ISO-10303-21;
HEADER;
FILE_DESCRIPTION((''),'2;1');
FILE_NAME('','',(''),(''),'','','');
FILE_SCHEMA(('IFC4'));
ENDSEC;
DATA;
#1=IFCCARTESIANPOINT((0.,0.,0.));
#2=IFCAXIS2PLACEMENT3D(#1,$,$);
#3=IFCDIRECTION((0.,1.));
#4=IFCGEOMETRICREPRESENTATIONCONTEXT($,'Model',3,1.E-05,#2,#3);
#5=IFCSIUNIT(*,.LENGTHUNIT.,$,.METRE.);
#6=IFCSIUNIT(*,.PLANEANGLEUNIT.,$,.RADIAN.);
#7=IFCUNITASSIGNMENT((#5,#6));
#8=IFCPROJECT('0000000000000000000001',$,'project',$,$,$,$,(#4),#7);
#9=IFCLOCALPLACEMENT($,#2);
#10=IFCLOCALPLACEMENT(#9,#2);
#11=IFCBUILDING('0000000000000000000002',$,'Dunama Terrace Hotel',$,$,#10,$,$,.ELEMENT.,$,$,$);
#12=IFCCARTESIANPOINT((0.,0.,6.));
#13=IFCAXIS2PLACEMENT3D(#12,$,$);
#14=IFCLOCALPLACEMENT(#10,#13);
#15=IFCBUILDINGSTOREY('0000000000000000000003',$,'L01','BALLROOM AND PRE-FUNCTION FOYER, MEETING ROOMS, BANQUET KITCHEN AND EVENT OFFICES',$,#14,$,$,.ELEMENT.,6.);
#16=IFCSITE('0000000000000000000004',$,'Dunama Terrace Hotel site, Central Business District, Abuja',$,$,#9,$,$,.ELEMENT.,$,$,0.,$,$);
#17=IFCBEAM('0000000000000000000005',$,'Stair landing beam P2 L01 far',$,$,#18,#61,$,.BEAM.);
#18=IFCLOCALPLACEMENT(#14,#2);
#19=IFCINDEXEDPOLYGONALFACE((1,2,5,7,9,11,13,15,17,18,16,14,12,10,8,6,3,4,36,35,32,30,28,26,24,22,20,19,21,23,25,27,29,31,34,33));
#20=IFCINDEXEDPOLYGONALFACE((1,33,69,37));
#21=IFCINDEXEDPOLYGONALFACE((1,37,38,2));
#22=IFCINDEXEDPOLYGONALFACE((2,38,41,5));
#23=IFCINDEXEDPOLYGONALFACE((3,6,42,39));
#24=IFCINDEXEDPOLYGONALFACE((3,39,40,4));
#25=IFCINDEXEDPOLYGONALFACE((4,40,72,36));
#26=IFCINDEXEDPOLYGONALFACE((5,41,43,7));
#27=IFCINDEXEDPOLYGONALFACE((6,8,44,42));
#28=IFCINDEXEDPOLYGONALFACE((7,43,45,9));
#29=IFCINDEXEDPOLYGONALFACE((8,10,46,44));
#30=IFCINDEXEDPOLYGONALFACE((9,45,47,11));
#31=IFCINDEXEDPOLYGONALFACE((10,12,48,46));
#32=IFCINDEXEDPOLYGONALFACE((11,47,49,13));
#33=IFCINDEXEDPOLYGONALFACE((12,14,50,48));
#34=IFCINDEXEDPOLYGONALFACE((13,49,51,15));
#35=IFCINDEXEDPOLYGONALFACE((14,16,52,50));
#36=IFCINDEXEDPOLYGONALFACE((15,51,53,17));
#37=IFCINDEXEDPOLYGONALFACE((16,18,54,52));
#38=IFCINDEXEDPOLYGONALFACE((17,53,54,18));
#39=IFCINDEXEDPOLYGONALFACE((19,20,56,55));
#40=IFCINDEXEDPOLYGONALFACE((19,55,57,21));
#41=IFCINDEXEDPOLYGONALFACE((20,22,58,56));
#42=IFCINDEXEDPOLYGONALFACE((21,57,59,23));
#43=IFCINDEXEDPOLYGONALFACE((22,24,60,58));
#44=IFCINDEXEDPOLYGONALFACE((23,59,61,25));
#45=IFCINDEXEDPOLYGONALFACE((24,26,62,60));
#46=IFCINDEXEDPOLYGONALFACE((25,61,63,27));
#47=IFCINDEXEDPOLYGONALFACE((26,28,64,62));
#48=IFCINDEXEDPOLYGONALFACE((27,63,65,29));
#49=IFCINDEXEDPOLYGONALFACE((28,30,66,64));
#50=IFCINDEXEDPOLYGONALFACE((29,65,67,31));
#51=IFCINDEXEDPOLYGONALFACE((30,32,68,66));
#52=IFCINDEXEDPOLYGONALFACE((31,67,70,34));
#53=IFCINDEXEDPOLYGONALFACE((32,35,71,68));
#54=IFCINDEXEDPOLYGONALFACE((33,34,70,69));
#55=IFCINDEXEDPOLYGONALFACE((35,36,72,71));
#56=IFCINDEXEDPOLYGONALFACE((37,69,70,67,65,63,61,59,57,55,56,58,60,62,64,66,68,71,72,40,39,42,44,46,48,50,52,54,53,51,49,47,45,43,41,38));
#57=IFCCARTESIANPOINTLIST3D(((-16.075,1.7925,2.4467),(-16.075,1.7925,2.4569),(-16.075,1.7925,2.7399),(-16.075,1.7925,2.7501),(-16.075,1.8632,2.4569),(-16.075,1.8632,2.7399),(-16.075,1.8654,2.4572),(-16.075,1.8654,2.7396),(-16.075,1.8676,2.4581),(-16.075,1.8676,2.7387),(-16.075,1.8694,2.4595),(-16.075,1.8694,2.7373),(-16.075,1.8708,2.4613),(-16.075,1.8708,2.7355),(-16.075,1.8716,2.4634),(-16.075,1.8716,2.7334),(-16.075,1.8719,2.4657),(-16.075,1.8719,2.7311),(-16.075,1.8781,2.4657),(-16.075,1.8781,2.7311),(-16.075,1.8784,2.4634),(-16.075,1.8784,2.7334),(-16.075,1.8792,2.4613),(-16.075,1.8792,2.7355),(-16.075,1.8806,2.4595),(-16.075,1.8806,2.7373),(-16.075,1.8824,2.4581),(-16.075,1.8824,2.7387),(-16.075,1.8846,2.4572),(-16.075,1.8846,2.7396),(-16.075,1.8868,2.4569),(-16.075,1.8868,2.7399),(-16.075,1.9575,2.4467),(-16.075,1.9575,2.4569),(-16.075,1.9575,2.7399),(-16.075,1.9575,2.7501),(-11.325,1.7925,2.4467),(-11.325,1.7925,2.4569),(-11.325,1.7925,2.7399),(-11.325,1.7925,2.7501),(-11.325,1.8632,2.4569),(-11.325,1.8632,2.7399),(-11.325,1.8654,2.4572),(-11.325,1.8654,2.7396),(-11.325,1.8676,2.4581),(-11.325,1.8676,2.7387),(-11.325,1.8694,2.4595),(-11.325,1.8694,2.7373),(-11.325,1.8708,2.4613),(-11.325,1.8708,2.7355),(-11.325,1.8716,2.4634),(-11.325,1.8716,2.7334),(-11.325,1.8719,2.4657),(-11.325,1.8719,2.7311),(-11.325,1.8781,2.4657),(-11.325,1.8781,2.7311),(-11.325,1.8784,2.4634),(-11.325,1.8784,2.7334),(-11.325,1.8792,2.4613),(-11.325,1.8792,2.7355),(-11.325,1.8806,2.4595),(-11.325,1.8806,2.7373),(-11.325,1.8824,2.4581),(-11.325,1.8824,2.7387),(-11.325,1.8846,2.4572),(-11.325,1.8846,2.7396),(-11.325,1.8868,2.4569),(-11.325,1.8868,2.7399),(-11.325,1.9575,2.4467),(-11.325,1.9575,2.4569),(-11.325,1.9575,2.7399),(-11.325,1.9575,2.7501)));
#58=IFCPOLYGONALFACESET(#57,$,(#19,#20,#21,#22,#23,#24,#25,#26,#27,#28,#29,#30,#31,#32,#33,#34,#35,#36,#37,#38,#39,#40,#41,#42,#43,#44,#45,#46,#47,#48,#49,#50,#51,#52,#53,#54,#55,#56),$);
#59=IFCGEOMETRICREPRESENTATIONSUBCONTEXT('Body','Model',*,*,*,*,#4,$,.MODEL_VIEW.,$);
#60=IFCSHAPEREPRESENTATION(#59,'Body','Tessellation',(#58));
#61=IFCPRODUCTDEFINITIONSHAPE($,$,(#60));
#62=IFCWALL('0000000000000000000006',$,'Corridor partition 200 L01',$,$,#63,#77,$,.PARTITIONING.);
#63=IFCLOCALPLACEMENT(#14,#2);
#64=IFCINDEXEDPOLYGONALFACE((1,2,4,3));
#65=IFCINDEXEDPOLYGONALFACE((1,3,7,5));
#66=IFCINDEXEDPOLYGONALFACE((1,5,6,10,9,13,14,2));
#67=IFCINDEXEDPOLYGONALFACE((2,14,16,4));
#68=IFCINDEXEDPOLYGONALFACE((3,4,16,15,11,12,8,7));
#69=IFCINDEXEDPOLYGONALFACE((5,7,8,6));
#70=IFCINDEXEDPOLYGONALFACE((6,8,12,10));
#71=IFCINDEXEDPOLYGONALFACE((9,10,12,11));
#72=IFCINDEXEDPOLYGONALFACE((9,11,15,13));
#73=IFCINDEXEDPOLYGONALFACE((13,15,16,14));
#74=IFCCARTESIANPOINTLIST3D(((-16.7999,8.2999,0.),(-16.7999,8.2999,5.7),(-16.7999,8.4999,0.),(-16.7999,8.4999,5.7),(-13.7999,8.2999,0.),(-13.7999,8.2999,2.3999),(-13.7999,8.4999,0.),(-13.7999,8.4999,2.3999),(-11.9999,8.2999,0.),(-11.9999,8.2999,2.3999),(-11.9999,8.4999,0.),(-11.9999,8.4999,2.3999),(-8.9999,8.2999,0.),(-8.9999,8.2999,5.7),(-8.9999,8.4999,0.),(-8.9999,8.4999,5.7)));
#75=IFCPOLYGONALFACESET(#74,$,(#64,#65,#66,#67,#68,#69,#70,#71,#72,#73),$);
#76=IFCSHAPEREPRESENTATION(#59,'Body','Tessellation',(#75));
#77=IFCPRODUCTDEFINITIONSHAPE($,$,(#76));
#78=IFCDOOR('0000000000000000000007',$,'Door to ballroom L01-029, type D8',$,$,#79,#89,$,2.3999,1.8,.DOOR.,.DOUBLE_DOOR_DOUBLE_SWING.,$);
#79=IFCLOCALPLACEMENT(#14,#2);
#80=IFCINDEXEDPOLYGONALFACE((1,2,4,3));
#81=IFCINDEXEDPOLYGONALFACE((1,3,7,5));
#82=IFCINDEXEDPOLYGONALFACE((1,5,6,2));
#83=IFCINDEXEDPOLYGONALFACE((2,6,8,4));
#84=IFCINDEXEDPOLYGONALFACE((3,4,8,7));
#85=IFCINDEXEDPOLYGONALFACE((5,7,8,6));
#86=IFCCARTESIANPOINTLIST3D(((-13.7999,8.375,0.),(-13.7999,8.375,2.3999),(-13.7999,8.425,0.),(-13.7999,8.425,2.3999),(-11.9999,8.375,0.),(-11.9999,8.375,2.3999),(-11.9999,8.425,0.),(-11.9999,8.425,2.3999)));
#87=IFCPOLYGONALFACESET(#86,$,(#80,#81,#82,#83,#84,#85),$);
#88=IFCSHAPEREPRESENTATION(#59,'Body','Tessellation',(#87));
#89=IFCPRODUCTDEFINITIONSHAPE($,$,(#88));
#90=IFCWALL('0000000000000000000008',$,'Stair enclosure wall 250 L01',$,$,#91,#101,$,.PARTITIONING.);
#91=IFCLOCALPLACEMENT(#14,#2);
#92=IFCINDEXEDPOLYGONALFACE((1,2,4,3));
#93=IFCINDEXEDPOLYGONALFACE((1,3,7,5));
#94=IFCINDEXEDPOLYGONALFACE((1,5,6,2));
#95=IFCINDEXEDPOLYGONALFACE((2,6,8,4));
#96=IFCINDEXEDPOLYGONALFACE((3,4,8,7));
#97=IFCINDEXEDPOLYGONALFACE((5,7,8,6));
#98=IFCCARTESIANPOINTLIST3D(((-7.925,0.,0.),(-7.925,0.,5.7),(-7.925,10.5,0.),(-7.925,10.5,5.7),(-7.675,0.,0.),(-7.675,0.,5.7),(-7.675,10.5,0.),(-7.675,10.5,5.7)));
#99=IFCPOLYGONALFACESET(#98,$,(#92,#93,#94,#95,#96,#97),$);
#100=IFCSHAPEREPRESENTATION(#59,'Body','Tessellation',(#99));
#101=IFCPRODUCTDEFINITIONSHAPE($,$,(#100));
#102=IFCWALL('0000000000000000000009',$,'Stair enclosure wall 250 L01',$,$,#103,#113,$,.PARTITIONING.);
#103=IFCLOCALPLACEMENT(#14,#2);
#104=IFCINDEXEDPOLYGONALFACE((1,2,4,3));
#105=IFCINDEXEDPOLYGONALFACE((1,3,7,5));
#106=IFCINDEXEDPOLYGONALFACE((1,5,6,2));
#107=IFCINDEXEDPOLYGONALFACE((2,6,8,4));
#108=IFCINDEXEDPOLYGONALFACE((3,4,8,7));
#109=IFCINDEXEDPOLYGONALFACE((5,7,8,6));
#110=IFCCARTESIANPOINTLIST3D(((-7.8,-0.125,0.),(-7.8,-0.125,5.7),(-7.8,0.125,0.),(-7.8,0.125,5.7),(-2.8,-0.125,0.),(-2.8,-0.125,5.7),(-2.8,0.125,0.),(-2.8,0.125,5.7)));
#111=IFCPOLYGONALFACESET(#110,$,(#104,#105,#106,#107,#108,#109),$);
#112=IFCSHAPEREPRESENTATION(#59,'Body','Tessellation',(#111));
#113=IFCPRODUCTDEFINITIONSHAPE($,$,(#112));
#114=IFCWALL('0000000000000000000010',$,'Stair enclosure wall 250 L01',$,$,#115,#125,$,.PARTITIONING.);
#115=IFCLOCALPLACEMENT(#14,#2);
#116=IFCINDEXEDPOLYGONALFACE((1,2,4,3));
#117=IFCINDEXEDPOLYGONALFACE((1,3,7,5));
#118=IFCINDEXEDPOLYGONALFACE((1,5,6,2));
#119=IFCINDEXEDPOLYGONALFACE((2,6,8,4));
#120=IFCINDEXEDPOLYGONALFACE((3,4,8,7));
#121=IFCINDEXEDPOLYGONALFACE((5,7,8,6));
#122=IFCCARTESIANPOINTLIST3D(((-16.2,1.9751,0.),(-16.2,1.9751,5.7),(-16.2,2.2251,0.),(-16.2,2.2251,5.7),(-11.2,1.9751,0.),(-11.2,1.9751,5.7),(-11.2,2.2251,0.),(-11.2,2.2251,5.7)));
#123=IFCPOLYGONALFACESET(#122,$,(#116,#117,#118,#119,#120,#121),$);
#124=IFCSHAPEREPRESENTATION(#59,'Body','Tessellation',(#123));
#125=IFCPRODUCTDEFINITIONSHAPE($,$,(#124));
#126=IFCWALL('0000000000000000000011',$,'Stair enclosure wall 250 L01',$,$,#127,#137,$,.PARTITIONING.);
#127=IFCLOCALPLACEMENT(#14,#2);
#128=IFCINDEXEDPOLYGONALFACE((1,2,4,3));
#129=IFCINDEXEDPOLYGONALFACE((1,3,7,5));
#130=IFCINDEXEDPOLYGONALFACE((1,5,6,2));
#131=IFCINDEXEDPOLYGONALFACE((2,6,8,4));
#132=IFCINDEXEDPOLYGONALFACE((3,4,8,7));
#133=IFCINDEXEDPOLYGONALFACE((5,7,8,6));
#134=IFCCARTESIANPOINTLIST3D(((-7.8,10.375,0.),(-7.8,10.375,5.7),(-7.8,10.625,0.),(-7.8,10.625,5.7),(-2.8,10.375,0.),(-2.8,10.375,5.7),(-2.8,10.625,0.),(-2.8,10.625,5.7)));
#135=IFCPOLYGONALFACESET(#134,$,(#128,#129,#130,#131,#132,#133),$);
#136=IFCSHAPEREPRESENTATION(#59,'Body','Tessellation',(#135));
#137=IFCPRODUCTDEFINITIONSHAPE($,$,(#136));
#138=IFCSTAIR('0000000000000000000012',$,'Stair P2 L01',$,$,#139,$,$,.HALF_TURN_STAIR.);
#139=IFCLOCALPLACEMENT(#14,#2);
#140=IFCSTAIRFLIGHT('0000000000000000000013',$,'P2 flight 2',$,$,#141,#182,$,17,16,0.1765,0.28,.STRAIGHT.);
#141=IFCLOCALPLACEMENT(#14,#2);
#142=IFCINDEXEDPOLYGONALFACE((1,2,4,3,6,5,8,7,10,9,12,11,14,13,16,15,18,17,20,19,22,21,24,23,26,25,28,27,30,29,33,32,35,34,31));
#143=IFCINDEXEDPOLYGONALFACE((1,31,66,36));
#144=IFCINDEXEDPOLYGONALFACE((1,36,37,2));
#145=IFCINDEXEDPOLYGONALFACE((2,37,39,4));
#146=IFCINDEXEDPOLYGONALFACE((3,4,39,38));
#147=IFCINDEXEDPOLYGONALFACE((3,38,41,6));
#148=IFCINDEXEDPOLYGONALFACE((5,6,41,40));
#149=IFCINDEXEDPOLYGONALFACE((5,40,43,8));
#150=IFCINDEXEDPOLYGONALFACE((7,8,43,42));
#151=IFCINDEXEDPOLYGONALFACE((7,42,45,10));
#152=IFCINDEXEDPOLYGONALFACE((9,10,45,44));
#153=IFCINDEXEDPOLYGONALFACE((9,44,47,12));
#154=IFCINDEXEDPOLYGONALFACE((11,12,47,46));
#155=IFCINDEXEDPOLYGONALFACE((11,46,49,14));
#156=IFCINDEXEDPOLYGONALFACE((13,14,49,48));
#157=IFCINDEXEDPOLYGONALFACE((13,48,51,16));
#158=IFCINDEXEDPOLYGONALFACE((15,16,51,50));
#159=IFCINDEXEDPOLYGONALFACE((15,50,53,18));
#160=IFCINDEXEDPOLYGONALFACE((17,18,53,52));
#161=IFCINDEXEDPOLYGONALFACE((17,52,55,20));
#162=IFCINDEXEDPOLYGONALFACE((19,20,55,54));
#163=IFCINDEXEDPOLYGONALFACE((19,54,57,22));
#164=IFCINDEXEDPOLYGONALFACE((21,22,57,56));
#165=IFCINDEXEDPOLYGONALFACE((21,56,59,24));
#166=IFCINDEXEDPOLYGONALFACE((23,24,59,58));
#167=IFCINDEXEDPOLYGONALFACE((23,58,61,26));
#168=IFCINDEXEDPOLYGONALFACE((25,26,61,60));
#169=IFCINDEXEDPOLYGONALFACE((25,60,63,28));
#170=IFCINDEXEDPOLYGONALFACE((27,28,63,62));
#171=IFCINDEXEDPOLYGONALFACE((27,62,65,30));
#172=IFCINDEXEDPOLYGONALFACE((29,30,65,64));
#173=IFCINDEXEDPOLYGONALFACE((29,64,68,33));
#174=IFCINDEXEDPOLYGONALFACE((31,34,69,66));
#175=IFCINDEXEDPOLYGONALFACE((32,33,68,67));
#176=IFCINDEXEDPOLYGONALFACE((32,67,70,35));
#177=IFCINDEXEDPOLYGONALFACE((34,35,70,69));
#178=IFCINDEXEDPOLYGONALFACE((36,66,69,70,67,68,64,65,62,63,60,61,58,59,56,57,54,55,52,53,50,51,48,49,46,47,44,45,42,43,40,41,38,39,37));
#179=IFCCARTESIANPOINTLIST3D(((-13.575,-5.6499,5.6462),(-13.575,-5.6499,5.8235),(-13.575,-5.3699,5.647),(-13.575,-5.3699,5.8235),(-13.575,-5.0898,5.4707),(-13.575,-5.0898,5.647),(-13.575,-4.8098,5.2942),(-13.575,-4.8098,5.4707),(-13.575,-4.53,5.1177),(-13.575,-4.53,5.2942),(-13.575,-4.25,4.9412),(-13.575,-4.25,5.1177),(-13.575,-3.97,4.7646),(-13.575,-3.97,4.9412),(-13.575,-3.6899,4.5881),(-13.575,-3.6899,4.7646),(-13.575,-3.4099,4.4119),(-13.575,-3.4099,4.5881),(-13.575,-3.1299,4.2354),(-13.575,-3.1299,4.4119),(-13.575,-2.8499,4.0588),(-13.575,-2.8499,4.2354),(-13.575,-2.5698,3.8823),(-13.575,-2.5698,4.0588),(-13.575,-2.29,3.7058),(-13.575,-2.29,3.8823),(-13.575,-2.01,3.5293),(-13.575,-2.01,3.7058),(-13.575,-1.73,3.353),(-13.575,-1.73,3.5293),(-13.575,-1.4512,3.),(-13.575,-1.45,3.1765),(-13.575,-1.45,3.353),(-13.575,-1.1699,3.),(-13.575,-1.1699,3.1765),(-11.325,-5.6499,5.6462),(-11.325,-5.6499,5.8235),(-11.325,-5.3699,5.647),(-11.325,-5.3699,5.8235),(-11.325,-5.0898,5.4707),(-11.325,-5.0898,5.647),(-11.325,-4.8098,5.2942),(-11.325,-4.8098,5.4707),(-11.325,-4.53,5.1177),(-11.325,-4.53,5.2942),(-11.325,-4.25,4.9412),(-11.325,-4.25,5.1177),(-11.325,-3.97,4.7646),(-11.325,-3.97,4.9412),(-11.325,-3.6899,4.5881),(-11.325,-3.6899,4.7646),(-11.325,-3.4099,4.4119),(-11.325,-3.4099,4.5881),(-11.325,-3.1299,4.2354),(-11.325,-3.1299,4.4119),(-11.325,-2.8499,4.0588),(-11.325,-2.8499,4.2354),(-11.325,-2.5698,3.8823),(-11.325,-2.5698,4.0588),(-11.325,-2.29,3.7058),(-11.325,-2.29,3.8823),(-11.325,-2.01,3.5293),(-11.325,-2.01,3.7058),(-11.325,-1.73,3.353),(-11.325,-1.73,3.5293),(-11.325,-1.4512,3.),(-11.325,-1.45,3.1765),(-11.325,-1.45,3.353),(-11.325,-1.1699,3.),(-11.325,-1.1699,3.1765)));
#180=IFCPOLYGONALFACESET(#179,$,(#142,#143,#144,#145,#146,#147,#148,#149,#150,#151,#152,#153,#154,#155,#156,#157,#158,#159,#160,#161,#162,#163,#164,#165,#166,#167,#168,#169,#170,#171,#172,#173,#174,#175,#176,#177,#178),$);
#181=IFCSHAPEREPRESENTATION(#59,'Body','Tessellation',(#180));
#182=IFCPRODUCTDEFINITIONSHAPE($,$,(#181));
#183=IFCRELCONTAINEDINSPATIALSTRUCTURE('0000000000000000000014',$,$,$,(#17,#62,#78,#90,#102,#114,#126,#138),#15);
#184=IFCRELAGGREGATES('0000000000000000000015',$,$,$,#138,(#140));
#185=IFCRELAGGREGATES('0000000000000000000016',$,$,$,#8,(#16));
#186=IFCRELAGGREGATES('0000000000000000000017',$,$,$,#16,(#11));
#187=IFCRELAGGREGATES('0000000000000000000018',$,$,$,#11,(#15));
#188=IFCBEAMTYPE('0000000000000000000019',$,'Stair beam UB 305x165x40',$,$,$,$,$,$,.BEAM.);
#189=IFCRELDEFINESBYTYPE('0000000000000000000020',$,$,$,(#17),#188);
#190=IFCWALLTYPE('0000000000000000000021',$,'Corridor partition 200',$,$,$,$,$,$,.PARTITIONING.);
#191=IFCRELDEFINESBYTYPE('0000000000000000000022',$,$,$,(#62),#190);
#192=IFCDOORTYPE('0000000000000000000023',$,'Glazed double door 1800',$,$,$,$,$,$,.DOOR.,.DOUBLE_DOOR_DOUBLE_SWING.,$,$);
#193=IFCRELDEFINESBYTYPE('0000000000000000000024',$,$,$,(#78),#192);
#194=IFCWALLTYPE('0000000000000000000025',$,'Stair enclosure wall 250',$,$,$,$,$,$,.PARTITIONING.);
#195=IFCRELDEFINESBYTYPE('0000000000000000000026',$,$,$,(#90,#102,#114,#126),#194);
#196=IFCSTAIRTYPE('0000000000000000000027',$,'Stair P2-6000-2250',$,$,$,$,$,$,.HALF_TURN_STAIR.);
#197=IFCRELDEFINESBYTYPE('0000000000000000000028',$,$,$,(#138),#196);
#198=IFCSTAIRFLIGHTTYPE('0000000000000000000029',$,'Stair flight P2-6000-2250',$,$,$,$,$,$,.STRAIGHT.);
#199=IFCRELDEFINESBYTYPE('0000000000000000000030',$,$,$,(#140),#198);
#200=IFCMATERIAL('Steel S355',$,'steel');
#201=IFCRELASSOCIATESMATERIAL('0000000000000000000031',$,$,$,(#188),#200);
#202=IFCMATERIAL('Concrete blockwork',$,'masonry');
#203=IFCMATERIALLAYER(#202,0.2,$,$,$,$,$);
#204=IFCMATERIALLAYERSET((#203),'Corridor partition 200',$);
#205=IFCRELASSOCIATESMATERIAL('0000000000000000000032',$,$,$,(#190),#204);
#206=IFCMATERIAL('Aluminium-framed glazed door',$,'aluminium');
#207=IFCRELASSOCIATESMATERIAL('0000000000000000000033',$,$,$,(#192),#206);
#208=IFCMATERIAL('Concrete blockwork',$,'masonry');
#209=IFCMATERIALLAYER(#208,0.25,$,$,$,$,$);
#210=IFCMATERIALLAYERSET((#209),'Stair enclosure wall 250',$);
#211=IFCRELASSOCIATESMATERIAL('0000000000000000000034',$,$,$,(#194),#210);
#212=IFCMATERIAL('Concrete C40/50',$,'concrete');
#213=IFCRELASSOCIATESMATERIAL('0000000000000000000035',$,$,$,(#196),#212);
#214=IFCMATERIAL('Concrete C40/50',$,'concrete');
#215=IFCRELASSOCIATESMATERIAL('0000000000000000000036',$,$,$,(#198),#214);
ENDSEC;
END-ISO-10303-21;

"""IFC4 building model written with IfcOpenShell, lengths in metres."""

from ifc_helpers import new_model, si_unit, direction, frame, frame_2d, origin, origin_2d, place, context, subcontext, project, spatial, polyline, rectangle, i_section, outline, extrude, material, layer, layer_set, material_profile, profile_set, type_object, element, fill, aggregate, save


model = new_model("IFC4")

# Units and contexts
model_context = context("Model", 3, precision=1e-05, world=origin(), true_north=direction((0.0, 1.0)))
body_context = subcontext(model_context, "Body", "Model", "MODEL_VIEW")
ifc_project = project(units=[si_unit("LENGTHUNIT", "METRE"), si_unit("PLANEANGLEUNIT", "RADIAN")], contexts=[model_context])

# Site, building, storey
site_placement = place(None, origin())
site = spatial("IfcSite", under=ifc_project, at=site_placement, Name="Dunama Terrace Hotel site, Central Business District, Abuja", CompositionType="ELEMENT", RefElevation=0.0)
building_placement = place(site_placement, origin())
building = spatial("IfcBuilding", under=site, at=building_placement, Name="Dunama Terrace Hotel", CompositionType="ELEMENT")
storey_placement = place(building_placement, frame((0.0, 0.0, 6.0)))
storey = spatial("IfcBuildingStorey", under=building, at=storey_placement, Name="L01", Description="BALLROOM AND PRE-FUNCTION FOYER, MEETING ROOMS, BANQUET KITCHEN AND EVENT OFFICES", CompositionType="ELEMENT", Elevation=6.0)

# Beam
ifc_material_1 = material(Name="Steel S355", Category="steel")
ifc_material_profile_1 = material_profile(ifc_material_1, i_section(OverallWidth=0.165, OverallDepth=0.3035, WebThickness=0.0061, FlangeThickness=0.0103, FilletRadius=0.0088, at=origin_2d()), Name="UB 305x165x40")
ifc_profile_set_1 = profile_set([ifc_material_profile_1], Name="Steel S355")
beam_type = type_object("IfcBeamType", Name="Stair beam UB 305x165x40", PredefinedType="BEAM", material=ifc_profile_set_1)
for number, where, z_axis, x_axis, name in (
    (1, (-16.075, 1.875, 2.5984), (1.0, 0.0, 0.0), (0.0, 1.0, 0.0), "Stair landing beam P2 L01 far"),
):
    element("IfcBeam", number, at=place(storey_placement, frame(where, z_axis=z_axis, x_axis=x_axis)), inside=storey, type_object=beam_type, Name=name, PredefinedType="BEAM", context=body_context, shape_type="SweptSolid", body=[
        extrude(i_section(OverallWidth=0.165, OverallDepth=0.3035, WebThickness=0.0061, FlangeThickness=0.0103, FilletRadius=0.0088, at=origin_2d()), origin(), (0.0, 0.0, 1.0), 4.75),
    ])

# Wall, opening, door
ifc_material_2 = material(Name="Concrete blockwork", Category="masonry")
ifc_layer_1 = layer(ifc_material_2, 0.2)
ifc_layer_set_1 = layer_set([ifc_layer_1], Name="Corridor partition 200")
wall_type_1 = type_object("IfcWallType", Name="Corridor partition 200", PredefinedType="PARTITIONING", material=ifc_layer_set_1)
wall_1_placement = place(storey_placement, frame((-9.0, 8.3999, 0.0), z_axis=(0.0, 0.0, 1.0), x_axis=(-1.0, 0.0, 0.0)))
wall_1 = element("IfcWall", 2, at=wall_1_placement, inside=storey, type_object=wall_type_1, Name="Corridor partition 200 L01", PredefinedType="PARTITIONING", context=body_context, shape_type="SweptSolid", body=[
    extrude(rectangle(XDim=7.8, YDim=0.2, at=frame_2d((3.8999, 0.0))), origin(), (0.0, 0.0, 1.0), 5.7),
])
opening_placement = place(wall_1_placement, frame((3.0, 0.0, 0.0)))
opening = element("IfcOpeningElement", 3, at=opening_placement, cuts=wall_1, PredefinedType="OPENING", context=body_context, shape_type="SweptSolid", body=[
    extrude(rectangle(XDim=1.8, YDim=2.3999, at=frame_2d((0.8999, 1.2))), frame((0.0, 0.1099, 0.0), z_axis=(0.0, -1.0, 0.0), x_axis=(1.0, 0.0, 0.0)), (0.0, 0.0, 1.0), 0.22),
])
ifc_material_3 = material(Name="Aluminium-framed glazed door", Category="aluminium")
door_type = type_object("IfcDoorType", Name="Glazed double door 1800", OperationType="DOUBLE_DOOR_DOUBLE_SWING", PredefinedType="DOOR", material=ifc_material_3)
door_placement = place(opening_placement, origin())
door = element("IfcDoor", 4, at=door_placement, inside=storey, type_object=door_type, Name="Door to ballroom L01-029, type D8", OperationType="DOUBLE_DOOR_DOUBLE_SWING", OverallHeight=2.3999, OverallWidth=1.8, PredefinedType="DOOR", context=body_context, shape_type="SweptSolid", body=[
    extrude(rectangle(XDim=1.8, YDim=2.3999, at=frame_2d((0.8999, 1.2))), frame((0.0, 0.0249, 0.0), z_axis=(0.0, -1.0, 0.0), x_axis=(1.0, 0.0, 0.0)), (0.0, 0.0, 1.0), 0.05),
])
fill(opening, door)

# Walls
ifc_material_4 = material(Name="Concrete blockwork", Category="masonry")
ifc_layer_2 = layer(ifc_material_4, 0.25)
ifc_layer_set_2 = layer_set([ifc_layer_2], Name="Stair enclosure wall 250")
wall_type_2 = type_object("IfcWallType", Name="Stair enclosure wall 250", PredefinedType="PARTITIONING", material=ifc_layer_set_2)
wall_2_placement = place(storey_placement, frame((-7.8, 0.0, 0.0), z_axis=(0.0, 0.0, 1.0), x_axis=(0.0, 1.0, 0.0)))
element("IfcWall", 5, at=wall_2_placement, inside=storey, type_object=wall_type_2, Name="Stair enclosure wall 250 L01", PredefinedType="PARTITIONING", context=body_context, shape_type="SweptSolid", body=[
    extrude(rectangle(XDim=10.5, YDim=0.25, at=frame_2d((5.25, 0.0))), origin(), (0.0, 0.0, 1.0), 5.7),
])
for number, where, z_axis, x_axis, name in (
    (6, (-7.8, 0.0, 0.0), (0.0, 0.0, 1.0), (1.0, 0.0, 0.0), "Stair enclosure wall 250 L01"),
    (7, (-16.2, 2.1001, 0.0), (0.0, 0.0, 1.0), (1.0, 0.0, 0.0), "Stair enclosure wall 250 L01"),
    (8, (-7.8, 10.5, 0.0), (0.0, 0.0, 1.0), (1.0, 0.0, 0.0), "Stair enclosure wall 250 L01"),
):
    element("IfcWall", number, at=place(storey_placement, frame(where, z_axis=z_axis, x_axis=x_axis)), inside=storey, type_object=wall_type_2, Name=name, PredefinedType="PARTITIONING", context=body_context, shape_type="SweptSolid", body=[
        extrude(rectangle(XDim=5.0, YDim=0.25, at=frame_2d((2.5, 0.0))), origin(), (0.0, 0.0, 1.0), 5.7),
    ])

# Stair, stair flight
ifc_material_5 = material(Name="Concrete C40/50", Category="concrete")
stair_type = type_object("IfcStairType", Name="Stair P2-6000-2250", PredefinedType="HALF_TURN_STAIR", material=ifc_material_5)
stair_placement = place(storey_placement, origin())
stair = element("IfcStair", 9, at=stair_placement, inside=storey, type_object=stair_type, Name="Stair P2 L01", PredefinedType="HALF_TURN_STAIR")
ifc_material_6 = material(Name="Concrete C40/50", Category="concrete")
stair_flight_type = type_object("IfcStairFlightType", Name="Stair flight P2-6000-2250", PredefinedType="STRAIGHT", material=ifc_material_6)
stair_flight_placement = place(storey_placement, frame((-12.45, -1.1699, 3.0), z_axis=(0.0, 0.0, 1.0), x_axis=(0.0, -1.0, 0.0)))
stair_flight = element("IfcStairFlight", 10, at=stair_flight_placement, type_object=stair_flight_type, Name="P2 flight 2", NumberOfRisers=17, NumberOfTreads=16, PredefinedType="STRAIGHT", RiserHeight=0.1765, TreadLength=0.28, context=body_context, shape_type="SweptSolid", body=[
    extrude(outline(polyline([(0.0, 0.0), (0.0, 0.1765), (0.28, 0.1765), (0.28, 0.353), (0.5601, 0.353), (0.5601, 0.5293), (0.8401, 0.5293), (0.8401, 0.7058), (1.1201, 0.7058), (1.1201, 0.8823), (1.3999, 0.8823), (1.3999, 1.0588), (1.6799, 1.0588), (1.6799, 1.2354), (1.96, 1.2354), (1.96, 1.4119), (2.24, 1.4119), (2.24, 1.5881), (2.52, 1.5881), (2.52, 1.7646), (2.8, 1.7646), (2.8, 1.9412), (3.0801, 1.9412), (3.0801, 2.1177), (3.3601, 2.1177), (3.3601, 2.2942), (3.6399, 2.2942), (3.6399, 2.4707), (3.9199, 2.4707), (3.9199, 2.647), (4.2, 2.647), (4.2, 2.8235), (4.48, 2.8235), (4.48, 3.0), (4.48, 2.6462), (0.2812, 0.0), (0.0, 0.0)])), frame((0.0, 1.125, 0.0), z_axis=(0.0, -1.0, 0.0), x_axis=(1.0, 0.0, 0.0)), (0.0, 0.0, 1.0), 2.25),
])
aggregate(stair, [stair_flight])

save(model, "model.ifc")
